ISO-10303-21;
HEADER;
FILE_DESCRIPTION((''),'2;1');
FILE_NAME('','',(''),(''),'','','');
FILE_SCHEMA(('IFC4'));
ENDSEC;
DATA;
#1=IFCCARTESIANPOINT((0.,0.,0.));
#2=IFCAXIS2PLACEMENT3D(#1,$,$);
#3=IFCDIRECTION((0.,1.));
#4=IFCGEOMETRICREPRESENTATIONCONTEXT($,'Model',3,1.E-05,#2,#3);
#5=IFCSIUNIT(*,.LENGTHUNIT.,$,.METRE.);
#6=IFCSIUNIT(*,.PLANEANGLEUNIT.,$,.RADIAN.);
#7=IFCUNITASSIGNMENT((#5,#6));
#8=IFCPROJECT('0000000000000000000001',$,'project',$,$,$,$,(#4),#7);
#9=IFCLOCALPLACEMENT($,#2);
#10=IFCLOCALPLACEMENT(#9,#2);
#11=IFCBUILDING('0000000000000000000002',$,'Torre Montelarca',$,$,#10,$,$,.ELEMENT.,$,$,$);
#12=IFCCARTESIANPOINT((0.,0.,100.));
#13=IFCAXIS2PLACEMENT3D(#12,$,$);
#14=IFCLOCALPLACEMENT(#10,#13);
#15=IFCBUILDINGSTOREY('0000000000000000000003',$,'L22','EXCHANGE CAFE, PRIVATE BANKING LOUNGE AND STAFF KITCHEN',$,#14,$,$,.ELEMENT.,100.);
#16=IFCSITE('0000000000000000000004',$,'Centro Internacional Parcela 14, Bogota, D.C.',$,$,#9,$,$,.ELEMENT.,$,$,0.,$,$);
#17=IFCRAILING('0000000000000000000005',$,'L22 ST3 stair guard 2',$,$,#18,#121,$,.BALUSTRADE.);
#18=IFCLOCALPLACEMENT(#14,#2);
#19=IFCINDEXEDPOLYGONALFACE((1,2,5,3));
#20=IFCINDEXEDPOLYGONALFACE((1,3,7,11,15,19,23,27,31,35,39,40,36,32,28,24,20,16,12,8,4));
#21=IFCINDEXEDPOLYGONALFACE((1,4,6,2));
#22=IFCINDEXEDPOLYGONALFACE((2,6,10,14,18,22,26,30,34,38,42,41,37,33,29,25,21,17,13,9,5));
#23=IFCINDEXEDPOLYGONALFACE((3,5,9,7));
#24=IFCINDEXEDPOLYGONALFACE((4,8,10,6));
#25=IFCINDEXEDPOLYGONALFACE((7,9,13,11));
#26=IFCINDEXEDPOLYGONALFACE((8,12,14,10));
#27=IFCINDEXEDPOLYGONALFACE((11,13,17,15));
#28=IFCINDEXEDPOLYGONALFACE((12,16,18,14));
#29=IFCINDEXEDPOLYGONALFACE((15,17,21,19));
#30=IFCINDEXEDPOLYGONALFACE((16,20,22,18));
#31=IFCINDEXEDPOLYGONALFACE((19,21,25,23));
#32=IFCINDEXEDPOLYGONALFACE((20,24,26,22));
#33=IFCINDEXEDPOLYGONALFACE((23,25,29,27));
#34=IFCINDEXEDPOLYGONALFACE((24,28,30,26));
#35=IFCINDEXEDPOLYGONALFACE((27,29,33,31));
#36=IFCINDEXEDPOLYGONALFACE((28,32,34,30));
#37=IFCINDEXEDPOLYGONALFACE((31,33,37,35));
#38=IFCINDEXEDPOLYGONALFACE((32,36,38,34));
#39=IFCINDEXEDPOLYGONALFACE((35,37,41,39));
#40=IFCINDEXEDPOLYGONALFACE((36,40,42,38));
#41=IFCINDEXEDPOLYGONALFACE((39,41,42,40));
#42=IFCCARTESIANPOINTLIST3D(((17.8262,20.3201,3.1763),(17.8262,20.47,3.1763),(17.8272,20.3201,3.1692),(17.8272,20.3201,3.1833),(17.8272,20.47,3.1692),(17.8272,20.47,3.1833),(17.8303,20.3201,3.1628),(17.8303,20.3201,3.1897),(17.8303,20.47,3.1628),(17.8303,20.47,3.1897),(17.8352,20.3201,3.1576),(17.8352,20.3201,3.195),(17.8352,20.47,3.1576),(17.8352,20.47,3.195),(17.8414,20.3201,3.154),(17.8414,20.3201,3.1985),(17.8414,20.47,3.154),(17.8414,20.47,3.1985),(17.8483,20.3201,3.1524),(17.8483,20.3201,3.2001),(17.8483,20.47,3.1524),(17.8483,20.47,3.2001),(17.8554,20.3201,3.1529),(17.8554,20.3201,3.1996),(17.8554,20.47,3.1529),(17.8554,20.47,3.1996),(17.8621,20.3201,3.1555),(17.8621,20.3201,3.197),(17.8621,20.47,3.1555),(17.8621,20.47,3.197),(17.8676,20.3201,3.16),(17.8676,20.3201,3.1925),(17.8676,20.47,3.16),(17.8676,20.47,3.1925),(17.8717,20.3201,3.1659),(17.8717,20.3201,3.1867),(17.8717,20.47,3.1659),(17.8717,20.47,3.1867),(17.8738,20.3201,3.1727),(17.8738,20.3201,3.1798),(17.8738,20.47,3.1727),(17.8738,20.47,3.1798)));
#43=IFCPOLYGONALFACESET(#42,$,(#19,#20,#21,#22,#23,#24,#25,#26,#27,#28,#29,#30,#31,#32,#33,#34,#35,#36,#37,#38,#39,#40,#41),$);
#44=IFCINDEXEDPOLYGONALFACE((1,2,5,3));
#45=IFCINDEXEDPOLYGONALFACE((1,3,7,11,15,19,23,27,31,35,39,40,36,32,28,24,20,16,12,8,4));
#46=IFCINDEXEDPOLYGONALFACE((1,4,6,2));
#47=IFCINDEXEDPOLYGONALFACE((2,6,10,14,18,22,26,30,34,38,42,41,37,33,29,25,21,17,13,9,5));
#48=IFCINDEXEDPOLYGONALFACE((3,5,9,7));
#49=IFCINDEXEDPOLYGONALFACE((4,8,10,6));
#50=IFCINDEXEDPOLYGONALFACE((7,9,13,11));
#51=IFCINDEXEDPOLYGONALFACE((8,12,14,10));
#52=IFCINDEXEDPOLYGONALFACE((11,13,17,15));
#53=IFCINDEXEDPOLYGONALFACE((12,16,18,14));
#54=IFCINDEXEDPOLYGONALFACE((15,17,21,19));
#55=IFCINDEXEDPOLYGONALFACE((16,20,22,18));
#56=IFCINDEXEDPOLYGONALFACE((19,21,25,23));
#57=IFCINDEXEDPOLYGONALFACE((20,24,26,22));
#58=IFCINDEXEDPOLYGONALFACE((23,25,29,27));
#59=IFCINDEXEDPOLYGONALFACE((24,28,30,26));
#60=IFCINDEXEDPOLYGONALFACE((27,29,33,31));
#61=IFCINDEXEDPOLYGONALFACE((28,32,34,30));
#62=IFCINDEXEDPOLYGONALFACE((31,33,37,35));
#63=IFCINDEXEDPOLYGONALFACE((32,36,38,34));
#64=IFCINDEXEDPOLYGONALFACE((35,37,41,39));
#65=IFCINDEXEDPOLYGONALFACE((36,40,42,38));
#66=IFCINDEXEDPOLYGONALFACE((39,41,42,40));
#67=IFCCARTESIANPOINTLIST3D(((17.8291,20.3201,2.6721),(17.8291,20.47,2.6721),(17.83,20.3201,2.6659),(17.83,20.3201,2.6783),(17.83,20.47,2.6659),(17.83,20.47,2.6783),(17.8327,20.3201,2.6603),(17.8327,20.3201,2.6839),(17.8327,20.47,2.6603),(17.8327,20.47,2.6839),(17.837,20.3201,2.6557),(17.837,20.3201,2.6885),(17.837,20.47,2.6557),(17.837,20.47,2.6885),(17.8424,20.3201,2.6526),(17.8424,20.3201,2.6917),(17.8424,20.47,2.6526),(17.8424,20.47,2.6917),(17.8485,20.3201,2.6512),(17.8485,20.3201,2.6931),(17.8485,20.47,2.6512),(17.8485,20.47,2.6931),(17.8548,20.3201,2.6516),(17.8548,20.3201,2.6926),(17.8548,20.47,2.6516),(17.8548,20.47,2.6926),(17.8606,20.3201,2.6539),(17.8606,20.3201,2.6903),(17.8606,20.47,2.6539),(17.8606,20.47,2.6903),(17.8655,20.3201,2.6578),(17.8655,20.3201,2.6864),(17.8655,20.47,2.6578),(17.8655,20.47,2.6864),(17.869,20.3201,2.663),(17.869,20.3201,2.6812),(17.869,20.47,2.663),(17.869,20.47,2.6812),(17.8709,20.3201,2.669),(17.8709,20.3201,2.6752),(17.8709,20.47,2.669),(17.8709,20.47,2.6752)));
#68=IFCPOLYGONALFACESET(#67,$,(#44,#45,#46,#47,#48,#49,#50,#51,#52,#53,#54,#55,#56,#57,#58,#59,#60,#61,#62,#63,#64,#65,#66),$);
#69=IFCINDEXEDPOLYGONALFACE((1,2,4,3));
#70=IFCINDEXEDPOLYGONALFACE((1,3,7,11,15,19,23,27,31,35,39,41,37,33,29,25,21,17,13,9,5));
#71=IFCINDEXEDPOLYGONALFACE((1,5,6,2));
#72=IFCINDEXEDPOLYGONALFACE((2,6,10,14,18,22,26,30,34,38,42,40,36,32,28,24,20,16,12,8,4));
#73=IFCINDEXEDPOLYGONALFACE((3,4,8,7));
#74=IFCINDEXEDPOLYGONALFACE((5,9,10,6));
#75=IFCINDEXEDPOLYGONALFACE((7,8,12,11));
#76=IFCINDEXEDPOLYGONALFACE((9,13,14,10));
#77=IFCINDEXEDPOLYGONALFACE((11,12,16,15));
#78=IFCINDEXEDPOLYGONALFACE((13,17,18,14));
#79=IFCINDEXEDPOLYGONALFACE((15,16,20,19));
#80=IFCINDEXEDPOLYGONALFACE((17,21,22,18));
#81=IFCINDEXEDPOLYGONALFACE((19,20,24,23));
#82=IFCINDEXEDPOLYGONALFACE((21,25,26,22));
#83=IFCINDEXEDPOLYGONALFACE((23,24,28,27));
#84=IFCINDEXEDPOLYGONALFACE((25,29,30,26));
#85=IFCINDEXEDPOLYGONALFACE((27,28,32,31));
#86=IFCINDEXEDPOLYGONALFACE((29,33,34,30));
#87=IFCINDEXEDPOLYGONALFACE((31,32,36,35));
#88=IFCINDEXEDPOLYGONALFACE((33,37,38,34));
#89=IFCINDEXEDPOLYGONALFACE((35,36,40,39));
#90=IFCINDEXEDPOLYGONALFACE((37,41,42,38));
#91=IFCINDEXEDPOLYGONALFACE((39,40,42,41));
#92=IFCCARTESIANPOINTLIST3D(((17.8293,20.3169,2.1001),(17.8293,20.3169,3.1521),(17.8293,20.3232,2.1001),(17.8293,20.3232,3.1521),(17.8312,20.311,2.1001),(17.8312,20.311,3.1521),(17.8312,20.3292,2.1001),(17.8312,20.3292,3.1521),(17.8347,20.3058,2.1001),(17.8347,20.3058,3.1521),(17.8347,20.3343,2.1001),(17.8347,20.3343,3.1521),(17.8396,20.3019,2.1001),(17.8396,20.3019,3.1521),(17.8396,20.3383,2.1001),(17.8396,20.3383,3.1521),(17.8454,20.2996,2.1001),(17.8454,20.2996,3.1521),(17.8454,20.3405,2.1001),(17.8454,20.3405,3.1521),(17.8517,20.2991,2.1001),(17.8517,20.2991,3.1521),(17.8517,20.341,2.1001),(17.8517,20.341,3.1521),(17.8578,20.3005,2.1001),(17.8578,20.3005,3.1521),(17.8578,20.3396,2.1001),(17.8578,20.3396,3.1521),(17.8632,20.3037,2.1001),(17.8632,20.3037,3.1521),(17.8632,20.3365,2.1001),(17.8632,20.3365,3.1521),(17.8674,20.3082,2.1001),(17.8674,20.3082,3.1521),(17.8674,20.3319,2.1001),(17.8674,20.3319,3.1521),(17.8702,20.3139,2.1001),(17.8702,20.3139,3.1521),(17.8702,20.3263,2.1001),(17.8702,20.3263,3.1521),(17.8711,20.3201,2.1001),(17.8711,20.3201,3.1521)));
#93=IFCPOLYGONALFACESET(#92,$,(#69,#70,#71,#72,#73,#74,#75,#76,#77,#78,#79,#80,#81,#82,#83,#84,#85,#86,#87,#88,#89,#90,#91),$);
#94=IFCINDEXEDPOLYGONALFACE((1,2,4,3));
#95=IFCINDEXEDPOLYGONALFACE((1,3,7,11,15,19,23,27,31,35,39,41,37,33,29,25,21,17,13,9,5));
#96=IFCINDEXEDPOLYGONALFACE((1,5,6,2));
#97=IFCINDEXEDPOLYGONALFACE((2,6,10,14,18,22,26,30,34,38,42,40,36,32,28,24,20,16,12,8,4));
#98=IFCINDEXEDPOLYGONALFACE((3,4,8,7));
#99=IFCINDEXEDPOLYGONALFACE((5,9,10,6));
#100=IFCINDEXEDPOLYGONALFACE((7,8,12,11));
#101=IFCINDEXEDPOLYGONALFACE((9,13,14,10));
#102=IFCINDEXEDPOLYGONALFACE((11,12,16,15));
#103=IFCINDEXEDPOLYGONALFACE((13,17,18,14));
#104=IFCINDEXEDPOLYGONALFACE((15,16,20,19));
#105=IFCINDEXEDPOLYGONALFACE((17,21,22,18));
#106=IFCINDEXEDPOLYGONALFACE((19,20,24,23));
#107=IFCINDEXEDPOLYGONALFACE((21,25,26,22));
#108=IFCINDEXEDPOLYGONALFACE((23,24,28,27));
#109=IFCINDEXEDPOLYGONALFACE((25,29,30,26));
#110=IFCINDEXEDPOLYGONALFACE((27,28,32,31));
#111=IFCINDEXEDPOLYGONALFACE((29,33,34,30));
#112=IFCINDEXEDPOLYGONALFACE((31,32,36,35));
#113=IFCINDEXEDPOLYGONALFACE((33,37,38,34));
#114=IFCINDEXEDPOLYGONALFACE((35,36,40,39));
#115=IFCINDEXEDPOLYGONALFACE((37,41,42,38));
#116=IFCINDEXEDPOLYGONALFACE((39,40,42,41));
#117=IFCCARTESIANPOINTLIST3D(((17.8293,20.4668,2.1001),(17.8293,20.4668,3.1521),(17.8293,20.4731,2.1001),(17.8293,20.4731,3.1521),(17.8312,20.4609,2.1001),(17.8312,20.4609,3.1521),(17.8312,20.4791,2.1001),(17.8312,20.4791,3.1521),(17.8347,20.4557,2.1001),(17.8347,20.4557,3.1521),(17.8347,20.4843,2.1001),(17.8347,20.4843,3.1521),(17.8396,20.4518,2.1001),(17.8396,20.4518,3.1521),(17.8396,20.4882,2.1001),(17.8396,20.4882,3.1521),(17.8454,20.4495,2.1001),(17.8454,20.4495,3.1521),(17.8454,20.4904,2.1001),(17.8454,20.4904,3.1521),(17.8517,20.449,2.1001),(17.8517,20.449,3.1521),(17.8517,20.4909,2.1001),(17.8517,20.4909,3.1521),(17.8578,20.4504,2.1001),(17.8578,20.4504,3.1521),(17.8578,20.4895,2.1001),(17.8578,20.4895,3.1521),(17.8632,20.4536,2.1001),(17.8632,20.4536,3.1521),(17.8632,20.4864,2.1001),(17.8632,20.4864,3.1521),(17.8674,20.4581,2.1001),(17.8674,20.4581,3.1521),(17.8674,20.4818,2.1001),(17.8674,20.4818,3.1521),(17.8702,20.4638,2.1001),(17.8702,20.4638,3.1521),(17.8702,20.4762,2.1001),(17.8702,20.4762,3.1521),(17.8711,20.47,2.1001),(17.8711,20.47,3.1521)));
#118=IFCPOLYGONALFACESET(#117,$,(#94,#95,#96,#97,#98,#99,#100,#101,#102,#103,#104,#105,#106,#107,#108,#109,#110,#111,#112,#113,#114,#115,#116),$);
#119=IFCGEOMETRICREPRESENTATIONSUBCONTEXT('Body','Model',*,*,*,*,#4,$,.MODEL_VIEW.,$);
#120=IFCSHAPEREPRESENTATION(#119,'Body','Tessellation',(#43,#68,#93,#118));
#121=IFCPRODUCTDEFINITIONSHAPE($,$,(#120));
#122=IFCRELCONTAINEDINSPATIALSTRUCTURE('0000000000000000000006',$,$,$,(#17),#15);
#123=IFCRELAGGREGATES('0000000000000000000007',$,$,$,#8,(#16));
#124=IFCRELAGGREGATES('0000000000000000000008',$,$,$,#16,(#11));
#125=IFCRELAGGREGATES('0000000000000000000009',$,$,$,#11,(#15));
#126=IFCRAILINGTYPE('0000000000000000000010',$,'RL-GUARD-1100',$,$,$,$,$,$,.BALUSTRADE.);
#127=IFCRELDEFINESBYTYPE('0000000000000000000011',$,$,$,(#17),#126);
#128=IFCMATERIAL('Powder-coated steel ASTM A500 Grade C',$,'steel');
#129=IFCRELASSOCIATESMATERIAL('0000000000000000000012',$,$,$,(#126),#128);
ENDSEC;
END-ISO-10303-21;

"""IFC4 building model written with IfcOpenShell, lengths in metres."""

from ifc_helpers import new_model, si_unit, direction, frame, origin, origin_2d, place, context, subcontext, project, spatial, circle, extrude, material, type_object, element, save


model = new_model("IFC4")

# Units and contexts
model_context = context("Model", 3, precision=1e-05, world=origin(), true_north=direction((0.0, 1.0)))
body_context = subcontext(model_context, "Body", "Model", "MODEL_VIEW")
ifc_project = project(units=[si_unit("LENGTHUNIT", "METRE"), si_unit("PLANEANGLEUNIT", "RADIAN")], contexts=[model_context])

# Site, building, storey
site_placement = place(None, origin())
site = spatial("IfcSite", under=ifc_project, at=site_placement, Name="Centro Internacional Parcela 14, Bogota, D.C.", CompositionType="ELEMENT", RefElevation=0.0)
building_placement = place(site_placement, origin())
building = spatial("IfcBuilding", under=site, at=building_placement, Name="Torre Montelarca", CompositionType="ELEMENT")
storey_placement = place(building_placement, frame((0.0, 0.0, 100.0)))
storey = spatial("IfcBuildingStorey", under=building, at=storey_placement, Name="L22", Description="EXCHANGE CAFE, PRIVATE BANKING LOUNGE AND STAFF KITCHEN", CompositionType="ELEMENT", Elevation=100.0)

# Railing
ifc_material_1 = material(Name="Powder-coated steel ASTM A500 Grade C", Category="steel")
railing_type_1 = type_object("IfcRailingType", Name="RL-GUARD-1100", PredefinedType="BALUSTRADE", material=ifc_material_1)
railing_1_placement = place(storey_placement, frame((17.8501, 20.3201, 2.1001)))
element("IfcRailing", 1, at=railing_1_placement, inside=storey, type_object=railing_type_1, Name="L22 ST3 stair guard 2", PredefinedType="BALUSTRADE", context=body_context, shape_type="SweptSolid", body=[
    extrude(circle(Radius=0.0239, at=origin_2d()), frame((0.0, 0.0, 1.0762), z_axis=(0.0, 1.0, 0.0), x_axis=(-1.0, 0.0, 0.0)), (0.0, 0.0, 1.0), 0.1499),
    extrude(circle(Radius=0.021, at=origin_2d()), frame((0.0, 0.0, 0.572), z_axis=(0.0, 1.0, 0.0), x_axis=(-1.0, 0.0, 0.0)), (0.0, 0.0, 1.0), 0.1499),
    extrude(circle(Radius=0.021, at=origin_2d()), origin(), (0.0, 0.0, 1.0), 1.052),
    extrude(circle(Radius=0.021, at=origin_2d()), frame((0.0, 0.1499, 0.0)), (0.0, 0.0, 1.0), 1.052),
])

save(model, "model.ifc")
